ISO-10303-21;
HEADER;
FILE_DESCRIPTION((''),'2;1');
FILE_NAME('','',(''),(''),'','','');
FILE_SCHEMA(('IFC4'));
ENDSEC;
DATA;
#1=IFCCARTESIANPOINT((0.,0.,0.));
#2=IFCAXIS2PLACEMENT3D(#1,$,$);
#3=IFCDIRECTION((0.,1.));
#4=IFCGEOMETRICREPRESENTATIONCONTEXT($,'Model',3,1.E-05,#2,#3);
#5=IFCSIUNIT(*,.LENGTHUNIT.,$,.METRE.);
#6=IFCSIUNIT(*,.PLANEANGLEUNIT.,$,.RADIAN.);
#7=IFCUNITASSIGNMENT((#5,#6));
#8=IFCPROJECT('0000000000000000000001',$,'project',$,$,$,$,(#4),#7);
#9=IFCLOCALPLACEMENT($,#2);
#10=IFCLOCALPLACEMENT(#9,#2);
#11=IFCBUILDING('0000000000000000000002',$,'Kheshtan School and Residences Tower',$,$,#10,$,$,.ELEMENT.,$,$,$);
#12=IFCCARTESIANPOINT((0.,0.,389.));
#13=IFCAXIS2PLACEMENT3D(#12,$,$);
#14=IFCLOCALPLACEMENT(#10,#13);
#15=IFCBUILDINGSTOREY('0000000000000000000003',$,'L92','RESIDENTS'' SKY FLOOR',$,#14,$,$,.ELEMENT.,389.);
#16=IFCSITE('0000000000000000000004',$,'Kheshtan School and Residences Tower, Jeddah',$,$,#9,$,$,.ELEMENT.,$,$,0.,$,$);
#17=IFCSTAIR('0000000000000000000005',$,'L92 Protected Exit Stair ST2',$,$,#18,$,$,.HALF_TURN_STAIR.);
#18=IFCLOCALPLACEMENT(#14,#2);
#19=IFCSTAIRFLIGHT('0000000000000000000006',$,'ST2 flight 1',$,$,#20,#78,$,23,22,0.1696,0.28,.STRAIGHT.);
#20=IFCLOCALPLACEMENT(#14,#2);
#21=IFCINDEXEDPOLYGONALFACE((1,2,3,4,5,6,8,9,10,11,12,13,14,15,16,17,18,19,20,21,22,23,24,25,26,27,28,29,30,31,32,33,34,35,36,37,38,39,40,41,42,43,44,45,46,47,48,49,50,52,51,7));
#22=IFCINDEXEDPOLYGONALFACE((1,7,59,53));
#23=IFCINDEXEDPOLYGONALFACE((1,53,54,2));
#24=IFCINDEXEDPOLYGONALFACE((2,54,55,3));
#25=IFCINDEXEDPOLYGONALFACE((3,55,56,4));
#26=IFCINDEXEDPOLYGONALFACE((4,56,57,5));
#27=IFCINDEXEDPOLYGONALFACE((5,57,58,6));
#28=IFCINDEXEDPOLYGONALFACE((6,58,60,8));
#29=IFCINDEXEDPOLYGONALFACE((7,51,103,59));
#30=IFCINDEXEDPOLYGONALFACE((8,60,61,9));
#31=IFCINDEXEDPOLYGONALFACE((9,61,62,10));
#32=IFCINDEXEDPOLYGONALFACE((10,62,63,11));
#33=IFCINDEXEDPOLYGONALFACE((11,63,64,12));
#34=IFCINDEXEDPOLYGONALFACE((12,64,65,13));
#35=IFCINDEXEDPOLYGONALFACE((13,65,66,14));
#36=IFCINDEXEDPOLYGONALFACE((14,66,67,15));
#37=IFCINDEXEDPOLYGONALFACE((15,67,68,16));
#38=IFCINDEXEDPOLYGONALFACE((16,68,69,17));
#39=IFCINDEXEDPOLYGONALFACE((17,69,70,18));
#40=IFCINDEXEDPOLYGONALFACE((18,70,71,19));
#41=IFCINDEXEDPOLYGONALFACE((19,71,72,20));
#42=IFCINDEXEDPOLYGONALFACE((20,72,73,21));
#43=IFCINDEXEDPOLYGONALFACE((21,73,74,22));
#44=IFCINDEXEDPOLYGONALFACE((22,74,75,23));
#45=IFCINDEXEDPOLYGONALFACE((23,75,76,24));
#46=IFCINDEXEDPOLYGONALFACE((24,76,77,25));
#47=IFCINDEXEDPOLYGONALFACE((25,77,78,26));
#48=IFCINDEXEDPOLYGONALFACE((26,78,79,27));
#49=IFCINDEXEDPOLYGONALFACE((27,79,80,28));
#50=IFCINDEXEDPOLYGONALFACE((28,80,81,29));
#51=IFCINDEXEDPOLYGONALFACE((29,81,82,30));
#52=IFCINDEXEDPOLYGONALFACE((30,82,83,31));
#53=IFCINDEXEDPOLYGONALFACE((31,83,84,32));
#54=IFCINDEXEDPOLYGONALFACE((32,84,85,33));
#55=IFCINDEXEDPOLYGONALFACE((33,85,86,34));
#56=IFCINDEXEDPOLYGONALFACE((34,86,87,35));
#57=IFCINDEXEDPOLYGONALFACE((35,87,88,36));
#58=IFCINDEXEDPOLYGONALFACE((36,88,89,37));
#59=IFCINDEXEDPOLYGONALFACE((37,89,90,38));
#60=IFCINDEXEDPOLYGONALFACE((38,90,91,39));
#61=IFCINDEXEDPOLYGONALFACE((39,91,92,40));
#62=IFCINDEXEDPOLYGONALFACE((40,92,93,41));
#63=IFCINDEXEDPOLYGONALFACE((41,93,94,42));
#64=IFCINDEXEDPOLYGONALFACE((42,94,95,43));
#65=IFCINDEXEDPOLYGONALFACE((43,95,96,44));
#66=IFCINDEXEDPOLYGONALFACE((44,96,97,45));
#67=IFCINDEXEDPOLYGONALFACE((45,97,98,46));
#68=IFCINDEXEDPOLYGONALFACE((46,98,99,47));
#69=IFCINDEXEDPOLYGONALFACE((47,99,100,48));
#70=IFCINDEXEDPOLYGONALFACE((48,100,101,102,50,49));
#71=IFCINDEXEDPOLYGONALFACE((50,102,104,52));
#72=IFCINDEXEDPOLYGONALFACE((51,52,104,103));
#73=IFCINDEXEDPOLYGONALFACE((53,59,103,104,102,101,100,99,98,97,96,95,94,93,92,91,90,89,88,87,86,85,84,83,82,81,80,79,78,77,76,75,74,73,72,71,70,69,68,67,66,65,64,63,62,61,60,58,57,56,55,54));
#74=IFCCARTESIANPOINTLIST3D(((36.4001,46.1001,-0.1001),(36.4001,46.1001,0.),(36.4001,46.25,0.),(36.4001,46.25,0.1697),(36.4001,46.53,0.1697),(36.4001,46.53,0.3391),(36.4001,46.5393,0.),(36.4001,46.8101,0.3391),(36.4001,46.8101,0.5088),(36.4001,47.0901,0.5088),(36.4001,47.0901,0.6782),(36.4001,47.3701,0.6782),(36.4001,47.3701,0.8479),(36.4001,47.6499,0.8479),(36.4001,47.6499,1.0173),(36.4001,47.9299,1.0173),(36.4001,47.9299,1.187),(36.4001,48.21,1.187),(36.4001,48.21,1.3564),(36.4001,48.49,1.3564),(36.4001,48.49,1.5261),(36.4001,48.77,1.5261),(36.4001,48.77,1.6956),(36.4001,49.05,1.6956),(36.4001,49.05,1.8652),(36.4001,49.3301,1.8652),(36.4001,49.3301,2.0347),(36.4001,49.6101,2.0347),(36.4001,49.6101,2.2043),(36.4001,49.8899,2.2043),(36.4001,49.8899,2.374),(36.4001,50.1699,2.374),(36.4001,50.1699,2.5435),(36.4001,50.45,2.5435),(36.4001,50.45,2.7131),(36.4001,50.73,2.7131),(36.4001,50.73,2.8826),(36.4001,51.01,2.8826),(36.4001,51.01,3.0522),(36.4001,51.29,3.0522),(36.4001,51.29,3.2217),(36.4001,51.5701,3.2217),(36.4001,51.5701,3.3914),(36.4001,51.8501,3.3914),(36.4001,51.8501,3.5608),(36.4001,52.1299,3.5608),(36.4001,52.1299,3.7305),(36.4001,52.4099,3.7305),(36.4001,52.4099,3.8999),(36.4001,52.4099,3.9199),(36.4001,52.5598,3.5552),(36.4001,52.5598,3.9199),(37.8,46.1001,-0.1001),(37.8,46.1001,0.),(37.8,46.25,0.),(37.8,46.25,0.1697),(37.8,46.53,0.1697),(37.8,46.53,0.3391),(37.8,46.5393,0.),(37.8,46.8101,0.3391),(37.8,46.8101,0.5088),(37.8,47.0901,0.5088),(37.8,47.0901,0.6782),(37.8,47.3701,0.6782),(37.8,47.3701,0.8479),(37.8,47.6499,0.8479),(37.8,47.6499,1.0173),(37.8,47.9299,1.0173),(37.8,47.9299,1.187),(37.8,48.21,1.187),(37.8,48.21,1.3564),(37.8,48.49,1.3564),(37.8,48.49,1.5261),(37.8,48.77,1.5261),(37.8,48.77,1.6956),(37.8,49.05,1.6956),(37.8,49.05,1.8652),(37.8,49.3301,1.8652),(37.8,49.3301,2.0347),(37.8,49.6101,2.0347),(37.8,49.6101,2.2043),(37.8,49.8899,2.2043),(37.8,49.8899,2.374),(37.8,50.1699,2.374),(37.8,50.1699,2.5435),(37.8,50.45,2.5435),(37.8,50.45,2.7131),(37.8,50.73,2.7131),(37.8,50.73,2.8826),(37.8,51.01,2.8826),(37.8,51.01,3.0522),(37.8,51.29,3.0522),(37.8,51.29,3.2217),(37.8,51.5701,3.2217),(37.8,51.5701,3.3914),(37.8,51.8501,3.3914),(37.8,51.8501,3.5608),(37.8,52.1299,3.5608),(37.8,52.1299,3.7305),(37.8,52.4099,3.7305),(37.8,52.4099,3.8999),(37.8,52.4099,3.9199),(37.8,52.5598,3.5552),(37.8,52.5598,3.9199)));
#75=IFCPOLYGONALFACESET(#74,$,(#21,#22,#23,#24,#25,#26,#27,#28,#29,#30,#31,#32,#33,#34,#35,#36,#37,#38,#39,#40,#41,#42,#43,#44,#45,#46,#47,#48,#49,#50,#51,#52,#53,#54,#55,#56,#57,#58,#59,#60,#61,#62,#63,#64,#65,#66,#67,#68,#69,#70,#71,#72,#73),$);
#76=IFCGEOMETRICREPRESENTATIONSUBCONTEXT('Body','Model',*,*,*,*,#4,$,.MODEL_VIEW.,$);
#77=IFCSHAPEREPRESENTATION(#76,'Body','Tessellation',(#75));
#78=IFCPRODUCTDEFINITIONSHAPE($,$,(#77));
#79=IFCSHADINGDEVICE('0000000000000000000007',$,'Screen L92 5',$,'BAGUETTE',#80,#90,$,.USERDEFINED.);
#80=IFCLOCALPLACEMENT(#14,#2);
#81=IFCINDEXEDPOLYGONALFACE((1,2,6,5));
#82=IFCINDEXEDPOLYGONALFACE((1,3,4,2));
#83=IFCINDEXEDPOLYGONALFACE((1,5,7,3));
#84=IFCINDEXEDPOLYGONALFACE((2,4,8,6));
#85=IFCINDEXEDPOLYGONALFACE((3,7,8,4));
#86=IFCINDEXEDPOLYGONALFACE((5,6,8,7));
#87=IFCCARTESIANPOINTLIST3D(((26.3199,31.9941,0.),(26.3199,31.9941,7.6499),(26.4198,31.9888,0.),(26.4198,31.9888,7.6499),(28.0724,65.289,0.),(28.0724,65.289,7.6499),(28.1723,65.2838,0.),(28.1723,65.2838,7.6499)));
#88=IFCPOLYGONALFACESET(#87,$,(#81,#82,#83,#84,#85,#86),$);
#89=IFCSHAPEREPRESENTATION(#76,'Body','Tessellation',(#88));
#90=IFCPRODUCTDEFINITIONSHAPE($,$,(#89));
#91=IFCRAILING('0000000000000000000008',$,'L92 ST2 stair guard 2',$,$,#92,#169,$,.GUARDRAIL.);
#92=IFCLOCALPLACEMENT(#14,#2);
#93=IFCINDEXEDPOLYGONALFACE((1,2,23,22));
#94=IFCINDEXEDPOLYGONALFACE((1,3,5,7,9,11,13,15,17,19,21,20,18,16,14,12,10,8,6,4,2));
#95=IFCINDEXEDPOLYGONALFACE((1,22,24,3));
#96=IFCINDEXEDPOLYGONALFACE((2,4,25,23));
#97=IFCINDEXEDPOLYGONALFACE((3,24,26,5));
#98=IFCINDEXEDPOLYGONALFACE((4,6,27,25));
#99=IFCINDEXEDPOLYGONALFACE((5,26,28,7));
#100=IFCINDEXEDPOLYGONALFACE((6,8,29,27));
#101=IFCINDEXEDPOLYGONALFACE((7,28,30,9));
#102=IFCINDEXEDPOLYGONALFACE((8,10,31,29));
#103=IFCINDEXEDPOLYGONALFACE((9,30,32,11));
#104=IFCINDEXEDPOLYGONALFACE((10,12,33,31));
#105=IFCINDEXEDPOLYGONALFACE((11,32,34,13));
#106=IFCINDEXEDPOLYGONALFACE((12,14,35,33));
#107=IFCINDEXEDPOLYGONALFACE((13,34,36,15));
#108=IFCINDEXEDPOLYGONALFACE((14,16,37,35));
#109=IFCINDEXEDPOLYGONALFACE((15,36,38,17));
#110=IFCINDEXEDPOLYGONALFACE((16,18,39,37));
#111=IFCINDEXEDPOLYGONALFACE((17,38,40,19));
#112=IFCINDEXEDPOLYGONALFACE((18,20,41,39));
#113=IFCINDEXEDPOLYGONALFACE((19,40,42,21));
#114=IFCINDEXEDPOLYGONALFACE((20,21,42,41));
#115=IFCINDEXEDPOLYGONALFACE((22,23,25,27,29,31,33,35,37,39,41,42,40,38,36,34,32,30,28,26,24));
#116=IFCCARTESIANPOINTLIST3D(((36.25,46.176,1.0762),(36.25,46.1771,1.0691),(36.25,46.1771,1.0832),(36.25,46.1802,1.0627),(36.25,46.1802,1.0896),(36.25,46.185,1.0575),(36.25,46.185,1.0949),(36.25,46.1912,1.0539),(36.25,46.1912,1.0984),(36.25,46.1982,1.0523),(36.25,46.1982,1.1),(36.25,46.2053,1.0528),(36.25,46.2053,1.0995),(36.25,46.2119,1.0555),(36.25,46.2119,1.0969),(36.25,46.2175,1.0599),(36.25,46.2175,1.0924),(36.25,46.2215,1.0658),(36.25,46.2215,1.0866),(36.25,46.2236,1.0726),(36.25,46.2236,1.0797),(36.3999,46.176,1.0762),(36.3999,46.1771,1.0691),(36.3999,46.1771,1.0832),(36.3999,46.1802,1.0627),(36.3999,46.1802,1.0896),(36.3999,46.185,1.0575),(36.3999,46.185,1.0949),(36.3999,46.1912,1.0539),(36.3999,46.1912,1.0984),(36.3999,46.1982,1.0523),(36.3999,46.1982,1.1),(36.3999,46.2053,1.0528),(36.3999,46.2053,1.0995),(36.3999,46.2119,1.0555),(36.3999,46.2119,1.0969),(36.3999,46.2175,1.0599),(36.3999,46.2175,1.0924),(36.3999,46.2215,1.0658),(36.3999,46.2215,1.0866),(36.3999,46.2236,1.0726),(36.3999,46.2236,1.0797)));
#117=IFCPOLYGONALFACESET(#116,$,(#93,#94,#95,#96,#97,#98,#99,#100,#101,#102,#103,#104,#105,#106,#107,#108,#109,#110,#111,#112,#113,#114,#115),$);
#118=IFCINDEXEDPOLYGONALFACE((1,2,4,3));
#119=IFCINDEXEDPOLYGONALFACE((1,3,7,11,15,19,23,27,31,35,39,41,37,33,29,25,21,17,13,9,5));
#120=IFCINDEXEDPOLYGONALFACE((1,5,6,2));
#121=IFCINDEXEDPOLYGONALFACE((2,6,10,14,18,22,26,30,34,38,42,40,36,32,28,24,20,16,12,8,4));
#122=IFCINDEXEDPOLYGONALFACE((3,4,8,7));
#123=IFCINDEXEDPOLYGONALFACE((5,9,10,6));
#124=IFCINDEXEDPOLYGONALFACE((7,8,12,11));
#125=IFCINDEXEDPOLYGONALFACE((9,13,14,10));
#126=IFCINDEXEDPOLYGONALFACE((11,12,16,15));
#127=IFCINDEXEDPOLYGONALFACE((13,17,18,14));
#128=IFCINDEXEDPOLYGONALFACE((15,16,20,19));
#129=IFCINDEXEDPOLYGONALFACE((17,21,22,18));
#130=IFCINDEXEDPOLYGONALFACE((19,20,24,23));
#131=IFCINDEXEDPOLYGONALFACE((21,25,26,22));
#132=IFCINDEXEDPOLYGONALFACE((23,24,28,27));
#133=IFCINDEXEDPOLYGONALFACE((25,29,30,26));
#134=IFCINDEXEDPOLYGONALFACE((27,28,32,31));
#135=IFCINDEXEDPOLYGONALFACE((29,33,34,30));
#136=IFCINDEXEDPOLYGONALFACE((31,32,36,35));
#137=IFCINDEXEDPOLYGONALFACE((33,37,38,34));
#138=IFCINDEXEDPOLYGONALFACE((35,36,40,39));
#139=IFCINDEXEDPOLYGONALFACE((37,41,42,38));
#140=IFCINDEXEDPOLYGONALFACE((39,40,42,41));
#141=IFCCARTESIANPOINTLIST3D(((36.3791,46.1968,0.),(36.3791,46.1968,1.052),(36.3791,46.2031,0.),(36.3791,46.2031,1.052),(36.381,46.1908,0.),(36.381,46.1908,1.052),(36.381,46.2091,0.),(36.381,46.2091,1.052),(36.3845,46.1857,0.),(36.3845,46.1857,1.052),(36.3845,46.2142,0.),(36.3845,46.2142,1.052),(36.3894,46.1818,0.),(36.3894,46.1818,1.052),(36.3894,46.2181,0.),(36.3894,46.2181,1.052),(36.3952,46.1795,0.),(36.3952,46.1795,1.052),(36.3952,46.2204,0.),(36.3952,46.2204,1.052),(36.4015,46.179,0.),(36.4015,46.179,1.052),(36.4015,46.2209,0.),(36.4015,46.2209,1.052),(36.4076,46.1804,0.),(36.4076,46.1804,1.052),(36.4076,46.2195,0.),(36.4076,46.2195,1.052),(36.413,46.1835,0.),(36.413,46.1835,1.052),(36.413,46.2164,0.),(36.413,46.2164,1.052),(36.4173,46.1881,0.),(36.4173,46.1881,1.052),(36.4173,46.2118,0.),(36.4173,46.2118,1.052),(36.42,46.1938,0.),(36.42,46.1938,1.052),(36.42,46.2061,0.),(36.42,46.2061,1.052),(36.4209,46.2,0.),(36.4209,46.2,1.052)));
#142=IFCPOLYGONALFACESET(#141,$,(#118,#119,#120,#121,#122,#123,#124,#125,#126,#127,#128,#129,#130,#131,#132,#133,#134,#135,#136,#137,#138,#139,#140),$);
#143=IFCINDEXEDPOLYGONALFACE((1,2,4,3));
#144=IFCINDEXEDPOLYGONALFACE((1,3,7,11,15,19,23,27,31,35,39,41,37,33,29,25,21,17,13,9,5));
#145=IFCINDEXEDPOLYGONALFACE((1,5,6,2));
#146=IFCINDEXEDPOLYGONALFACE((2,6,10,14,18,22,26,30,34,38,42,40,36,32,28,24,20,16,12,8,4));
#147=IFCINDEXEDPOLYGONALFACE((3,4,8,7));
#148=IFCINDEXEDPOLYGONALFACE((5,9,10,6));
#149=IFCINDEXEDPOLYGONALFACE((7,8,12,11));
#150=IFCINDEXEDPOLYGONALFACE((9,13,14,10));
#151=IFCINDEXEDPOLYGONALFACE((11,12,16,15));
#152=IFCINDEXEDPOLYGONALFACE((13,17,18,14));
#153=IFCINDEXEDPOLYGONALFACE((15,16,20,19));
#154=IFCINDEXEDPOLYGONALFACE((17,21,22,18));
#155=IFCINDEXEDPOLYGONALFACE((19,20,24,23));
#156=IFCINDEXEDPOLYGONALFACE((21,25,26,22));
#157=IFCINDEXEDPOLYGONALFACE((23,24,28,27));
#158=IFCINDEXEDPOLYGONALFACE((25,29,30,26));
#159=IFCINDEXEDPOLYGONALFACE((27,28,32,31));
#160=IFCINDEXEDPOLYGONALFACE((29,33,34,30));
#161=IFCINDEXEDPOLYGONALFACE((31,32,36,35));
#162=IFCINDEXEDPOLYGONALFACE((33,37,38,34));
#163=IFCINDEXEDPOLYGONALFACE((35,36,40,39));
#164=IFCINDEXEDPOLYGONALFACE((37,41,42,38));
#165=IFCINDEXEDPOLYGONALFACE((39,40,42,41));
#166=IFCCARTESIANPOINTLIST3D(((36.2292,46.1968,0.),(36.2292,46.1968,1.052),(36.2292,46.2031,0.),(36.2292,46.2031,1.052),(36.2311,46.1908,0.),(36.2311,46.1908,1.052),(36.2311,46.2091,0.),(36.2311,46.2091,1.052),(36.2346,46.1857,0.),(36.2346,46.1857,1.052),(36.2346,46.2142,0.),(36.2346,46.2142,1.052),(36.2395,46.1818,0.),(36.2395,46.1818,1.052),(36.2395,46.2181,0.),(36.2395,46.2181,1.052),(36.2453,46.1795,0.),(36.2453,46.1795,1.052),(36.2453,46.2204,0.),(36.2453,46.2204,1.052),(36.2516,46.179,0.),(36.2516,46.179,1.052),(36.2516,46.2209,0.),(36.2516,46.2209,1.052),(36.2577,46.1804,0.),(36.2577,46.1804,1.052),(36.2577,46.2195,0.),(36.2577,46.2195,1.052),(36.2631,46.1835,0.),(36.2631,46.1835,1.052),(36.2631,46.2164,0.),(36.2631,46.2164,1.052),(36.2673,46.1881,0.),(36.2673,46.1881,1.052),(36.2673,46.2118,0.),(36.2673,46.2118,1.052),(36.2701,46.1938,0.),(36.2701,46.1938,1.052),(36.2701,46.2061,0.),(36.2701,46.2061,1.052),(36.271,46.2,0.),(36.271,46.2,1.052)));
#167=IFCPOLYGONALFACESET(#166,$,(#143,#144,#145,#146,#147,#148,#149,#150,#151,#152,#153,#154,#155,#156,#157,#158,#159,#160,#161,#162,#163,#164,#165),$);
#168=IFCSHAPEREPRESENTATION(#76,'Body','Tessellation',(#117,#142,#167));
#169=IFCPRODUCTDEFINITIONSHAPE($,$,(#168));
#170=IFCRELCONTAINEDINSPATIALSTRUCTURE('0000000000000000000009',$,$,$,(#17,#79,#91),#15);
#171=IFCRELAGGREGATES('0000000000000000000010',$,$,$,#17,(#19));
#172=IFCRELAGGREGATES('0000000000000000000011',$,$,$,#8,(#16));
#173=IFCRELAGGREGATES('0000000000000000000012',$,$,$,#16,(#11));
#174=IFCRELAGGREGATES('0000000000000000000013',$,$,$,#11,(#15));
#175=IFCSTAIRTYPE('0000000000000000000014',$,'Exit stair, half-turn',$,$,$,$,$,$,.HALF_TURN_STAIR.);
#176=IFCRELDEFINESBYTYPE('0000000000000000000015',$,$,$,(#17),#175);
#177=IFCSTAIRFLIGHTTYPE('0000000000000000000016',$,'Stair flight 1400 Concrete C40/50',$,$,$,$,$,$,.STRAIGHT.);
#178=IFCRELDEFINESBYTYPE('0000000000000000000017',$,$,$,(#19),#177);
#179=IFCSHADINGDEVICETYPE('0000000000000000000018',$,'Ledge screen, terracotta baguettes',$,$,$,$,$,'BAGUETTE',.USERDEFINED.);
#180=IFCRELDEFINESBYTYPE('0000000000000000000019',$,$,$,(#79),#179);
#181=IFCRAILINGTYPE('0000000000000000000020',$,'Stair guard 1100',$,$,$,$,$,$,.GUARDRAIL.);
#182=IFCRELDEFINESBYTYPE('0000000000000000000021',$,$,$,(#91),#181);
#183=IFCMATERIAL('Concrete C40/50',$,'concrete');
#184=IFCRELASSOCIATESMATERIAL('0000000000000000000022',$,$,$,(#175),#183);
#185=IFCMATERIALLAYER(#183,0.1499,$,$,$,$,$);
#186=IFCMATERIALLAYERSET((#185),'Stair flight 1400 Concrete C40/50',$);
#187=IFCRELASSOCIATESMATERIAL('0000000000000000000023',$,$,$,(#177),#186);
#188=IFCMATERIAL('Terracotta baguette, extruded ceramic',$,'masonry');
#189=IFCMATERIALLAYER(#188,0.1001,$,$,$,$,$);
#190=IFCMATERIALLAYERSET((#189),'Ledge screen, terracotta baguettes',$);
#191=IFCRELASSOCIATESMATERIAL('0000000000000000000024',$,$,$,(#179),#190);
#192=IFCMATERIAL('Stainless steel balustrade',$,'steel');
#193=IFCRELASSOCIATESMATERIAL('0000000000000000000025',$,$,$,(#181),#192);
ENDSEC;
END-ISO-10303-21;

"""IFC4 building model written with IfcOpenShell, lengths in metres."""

from ifc_helpers import new_model, si_unit, direction, frame, origin, origin_2d, place, context, subcontext, project, spatial, polyline, rectangle, circle, outline, extrude, material, layer, layer_set, type_object, element, aggregate, save


model = new_model("IFC4")

# Units and contexts
model_context = context("Model", 3, precision=1e-05, world=origin(), true_north=direction((0.0, 1.0)))
body_context = subcontext(model_context, "Body", "Model", "MODEL_VIEW")
ifc_project = project(units=[si_unit("LENGTHUNIT", "METRE"), si_unit("PLANEANGLEUNIT", "RADIAN")], contexts=[model_context])

# Site, building, storey
site_placement = place(None, origin())
site = spatial("IfcSite", under=ifc_project, at=site_placement, Name="Kheshtan School and Residences Tower, Jeddah", CompositionType="ELEMENT", RefElevation=0.0)
building_placement = place(site_placement, origin())
building = spatial("IfcBuilding", under=site, at=building_placement, Name="Kheshtan School and Residences Tower", CompositionType="ELEMENT")
storey_placement = place(building_placement, frame((0.0, 0.0, 389.0)))
storey = spatial("IfcBuildingStorey", under=building, at=storey_placement, Name="L92", Description="RESIDENTS' SKY FLOOR", CompositionType="ELEMENT", Elevation=389.0)

# Shared definitions
ifc_material_1 = material(Name="Concrete C40/50", Category="concrete")

# Stair, stair flight
stair_type = type_object("IfcStairType", Name="Exit stair, half-turn", PredefinedType="HALF_TURN_STAIR", material=ifc_material_1)
stair_placement = place(storey_placement, origin())
stair = element("IfcStair", 1, at=stair_placement, inside=storey, type_object=stair_type, Name="L92 Protected Exit Stair ST2", PredefinedType="HALF_TURN_STAIR")
ifc_layer_1 = layer(ifc_material_1, 0.1499)
ifc_layer_set_1 = layer_set([ifc_layer_1], Name="Stair flight 1400 Concrete C40/50")
stair_flight_type = type_object("IfcStairFlightType", Name="Stair flight 1400 Concrete C40/50", PredefinedType="STRAIGHT", material=ifc_layer_set_1)
stair_flight_placement = place(storey_placement, frame((37.1001, 46.25, 0.0), z_axis=(0.0, 0.0, 1.0), x_axis=(0.0, 1.0, 0.0)))
stair_flight = element("IfcStairFlight", 2, at=stair_flight_placement, type_object=stair_flight_type, Name="ST2 flight 1", NumberOfRisers=23, NumberOfTreads=22, PredefinedType="STRAIGHT", RiserHeight=0.1696, TreadLength=0.28, context=body_context, shape_type="SweptSolid", body=[
    extrude(outline(polyline([(-0.1499, -0.1001), (-0.1499, 0.0), (0.0, 0.0), (0.0, 0.1697), (0.28, 0.1697), (0.28, 0.3391), (0.5601, 0.3391), (0.5601, 0.5088), (0.8401, 0.5088), (0.8401, 0.6782), (1.1201, 0.6782), (1.1201, 0.8479), (1.3999, 0.8479), (1.3999, 1.0173), (1.6799, 1.0173), (1.6799, 1.187), (1.96, 1.187), (1.96, 1.3564), (2.24, 1.3564), (2.24, 1.5261), (2.52, 1.5261), (2.52, 1.6956), (2.8, 1.6956), (2.8, 1.8652), (3.0801, 1.8652), (3.0801, 2.0347), (3.3601, 2.0347), (3.3601, 2.2043), (3.6399, 2.2043), (3.6399, 2.374), (3.9199, 2.374), (3.9199, 2.5435), (4.2, 2.5435), (4.2, 2.7131), (4.48, 2.7131), (4.48, 2.8826), (4.76, 2.8826), (4.76, 3.0522), (5.04, 3.0522), (5.04, 3.2217), (5.3201, 3.2217), (5.3201, 3.3914), (5.6001, 3.3914), (5.6001, 3.5608), (5.8799, 3.5608), (5.8799, 3.7305), (6.1599, 3.7305), (6.1599, 3.8999), (6.1599, 3.9199), (6.3098, 3.9199), (6.3098, 3.5552), (0.2893, 0.0), (-0.1499, -0.1001)])), frame((0.0, 0.7, 0.0), z_axis=(0.0, -1.0, 0.0), x_axis=(1.0, 0.0, 0.0)), (0.0, 0.0, 1.0), 1.3999),
])
aggregate(stair, [stair_flight])

# Shading device
ifc_material_2 = material(Name="Terracotta baguette, extruded ceramic", Category="masonry")
ifc_layer_2 = layer(ifc_material_2, 0.1001)
ifc_layer_set_2 = layer_set([ifc_layer_2], Name="Ledge screen, terracotta baguettes")
shading_device_type = type_object("IfcShadingDeviceType", Name="Ledge screen, terracotta baguettes", ElementType="BAGUETTE", PredefinedType="USERDEFINED", material=ifc_layer_set_2)
shading_device_placement = place(storey_placement, frame((27.2461, 48.6389, 0.0), z_axis=(0.0, 0.0, 1.0), x_axis=(0.052563, 0.998618, 0.0)))
element("IfcShadingDevice", 3, at=shading_device_placement, inside=storey, type_object=shading_device_type, Name="Screen L92 5", ObjectType="BAGUETTE", PredefinedType="USERDEFINED", context=body_context, shape_type="SweptSolid", body=[
    extrude(rectangle(XDim=33.3411, YDim=0.1001, at=origin_2d()), origin(), (0.0, 0.0, 1.0), 7.6499),
])

# Railing
ifc_material_3 = material(Name="Stainless steel balustrade", Category="steel")
railing_type_1 = type_object("IfcRailingType", Name="Stair guard 1100", PredefinedType="GUARDRAIL", material=ifc_material_3)
railing_1_placement = place(storey_placement, frame((36.3999, 46.2, 0.0)))
element("IfcRailing", 4, at=railing_1_placement, inside=storey, type_object=railing_type_1, Name="L92 ST2 stair guard 2", PredefinedType="GUARDRAIL", context=body_context, shape_type="SweptSolid", body=[
    extrude(circle(Radius=0.0239, at=origin_2d()), frame((0.0, 0.0, 1.0762), z_axis=(-1.0, 0.0, 0.0), x_axis=(0.0, -1.0, 0.0)), (0.0, 0.0, 1.0), 0.1499),
    extrude(circle(Radius=0.021, at=origin_2d()), origin(), (0.0, 0.0, 1.0), 1.052),
    extrude(circle(Radius=0.021, at=origin_2d()), frame((-0.1499, 0.0, 0.0)), (0.0, 0.0, 1.0), 1.052),
])

save(model, "model.ifc")
